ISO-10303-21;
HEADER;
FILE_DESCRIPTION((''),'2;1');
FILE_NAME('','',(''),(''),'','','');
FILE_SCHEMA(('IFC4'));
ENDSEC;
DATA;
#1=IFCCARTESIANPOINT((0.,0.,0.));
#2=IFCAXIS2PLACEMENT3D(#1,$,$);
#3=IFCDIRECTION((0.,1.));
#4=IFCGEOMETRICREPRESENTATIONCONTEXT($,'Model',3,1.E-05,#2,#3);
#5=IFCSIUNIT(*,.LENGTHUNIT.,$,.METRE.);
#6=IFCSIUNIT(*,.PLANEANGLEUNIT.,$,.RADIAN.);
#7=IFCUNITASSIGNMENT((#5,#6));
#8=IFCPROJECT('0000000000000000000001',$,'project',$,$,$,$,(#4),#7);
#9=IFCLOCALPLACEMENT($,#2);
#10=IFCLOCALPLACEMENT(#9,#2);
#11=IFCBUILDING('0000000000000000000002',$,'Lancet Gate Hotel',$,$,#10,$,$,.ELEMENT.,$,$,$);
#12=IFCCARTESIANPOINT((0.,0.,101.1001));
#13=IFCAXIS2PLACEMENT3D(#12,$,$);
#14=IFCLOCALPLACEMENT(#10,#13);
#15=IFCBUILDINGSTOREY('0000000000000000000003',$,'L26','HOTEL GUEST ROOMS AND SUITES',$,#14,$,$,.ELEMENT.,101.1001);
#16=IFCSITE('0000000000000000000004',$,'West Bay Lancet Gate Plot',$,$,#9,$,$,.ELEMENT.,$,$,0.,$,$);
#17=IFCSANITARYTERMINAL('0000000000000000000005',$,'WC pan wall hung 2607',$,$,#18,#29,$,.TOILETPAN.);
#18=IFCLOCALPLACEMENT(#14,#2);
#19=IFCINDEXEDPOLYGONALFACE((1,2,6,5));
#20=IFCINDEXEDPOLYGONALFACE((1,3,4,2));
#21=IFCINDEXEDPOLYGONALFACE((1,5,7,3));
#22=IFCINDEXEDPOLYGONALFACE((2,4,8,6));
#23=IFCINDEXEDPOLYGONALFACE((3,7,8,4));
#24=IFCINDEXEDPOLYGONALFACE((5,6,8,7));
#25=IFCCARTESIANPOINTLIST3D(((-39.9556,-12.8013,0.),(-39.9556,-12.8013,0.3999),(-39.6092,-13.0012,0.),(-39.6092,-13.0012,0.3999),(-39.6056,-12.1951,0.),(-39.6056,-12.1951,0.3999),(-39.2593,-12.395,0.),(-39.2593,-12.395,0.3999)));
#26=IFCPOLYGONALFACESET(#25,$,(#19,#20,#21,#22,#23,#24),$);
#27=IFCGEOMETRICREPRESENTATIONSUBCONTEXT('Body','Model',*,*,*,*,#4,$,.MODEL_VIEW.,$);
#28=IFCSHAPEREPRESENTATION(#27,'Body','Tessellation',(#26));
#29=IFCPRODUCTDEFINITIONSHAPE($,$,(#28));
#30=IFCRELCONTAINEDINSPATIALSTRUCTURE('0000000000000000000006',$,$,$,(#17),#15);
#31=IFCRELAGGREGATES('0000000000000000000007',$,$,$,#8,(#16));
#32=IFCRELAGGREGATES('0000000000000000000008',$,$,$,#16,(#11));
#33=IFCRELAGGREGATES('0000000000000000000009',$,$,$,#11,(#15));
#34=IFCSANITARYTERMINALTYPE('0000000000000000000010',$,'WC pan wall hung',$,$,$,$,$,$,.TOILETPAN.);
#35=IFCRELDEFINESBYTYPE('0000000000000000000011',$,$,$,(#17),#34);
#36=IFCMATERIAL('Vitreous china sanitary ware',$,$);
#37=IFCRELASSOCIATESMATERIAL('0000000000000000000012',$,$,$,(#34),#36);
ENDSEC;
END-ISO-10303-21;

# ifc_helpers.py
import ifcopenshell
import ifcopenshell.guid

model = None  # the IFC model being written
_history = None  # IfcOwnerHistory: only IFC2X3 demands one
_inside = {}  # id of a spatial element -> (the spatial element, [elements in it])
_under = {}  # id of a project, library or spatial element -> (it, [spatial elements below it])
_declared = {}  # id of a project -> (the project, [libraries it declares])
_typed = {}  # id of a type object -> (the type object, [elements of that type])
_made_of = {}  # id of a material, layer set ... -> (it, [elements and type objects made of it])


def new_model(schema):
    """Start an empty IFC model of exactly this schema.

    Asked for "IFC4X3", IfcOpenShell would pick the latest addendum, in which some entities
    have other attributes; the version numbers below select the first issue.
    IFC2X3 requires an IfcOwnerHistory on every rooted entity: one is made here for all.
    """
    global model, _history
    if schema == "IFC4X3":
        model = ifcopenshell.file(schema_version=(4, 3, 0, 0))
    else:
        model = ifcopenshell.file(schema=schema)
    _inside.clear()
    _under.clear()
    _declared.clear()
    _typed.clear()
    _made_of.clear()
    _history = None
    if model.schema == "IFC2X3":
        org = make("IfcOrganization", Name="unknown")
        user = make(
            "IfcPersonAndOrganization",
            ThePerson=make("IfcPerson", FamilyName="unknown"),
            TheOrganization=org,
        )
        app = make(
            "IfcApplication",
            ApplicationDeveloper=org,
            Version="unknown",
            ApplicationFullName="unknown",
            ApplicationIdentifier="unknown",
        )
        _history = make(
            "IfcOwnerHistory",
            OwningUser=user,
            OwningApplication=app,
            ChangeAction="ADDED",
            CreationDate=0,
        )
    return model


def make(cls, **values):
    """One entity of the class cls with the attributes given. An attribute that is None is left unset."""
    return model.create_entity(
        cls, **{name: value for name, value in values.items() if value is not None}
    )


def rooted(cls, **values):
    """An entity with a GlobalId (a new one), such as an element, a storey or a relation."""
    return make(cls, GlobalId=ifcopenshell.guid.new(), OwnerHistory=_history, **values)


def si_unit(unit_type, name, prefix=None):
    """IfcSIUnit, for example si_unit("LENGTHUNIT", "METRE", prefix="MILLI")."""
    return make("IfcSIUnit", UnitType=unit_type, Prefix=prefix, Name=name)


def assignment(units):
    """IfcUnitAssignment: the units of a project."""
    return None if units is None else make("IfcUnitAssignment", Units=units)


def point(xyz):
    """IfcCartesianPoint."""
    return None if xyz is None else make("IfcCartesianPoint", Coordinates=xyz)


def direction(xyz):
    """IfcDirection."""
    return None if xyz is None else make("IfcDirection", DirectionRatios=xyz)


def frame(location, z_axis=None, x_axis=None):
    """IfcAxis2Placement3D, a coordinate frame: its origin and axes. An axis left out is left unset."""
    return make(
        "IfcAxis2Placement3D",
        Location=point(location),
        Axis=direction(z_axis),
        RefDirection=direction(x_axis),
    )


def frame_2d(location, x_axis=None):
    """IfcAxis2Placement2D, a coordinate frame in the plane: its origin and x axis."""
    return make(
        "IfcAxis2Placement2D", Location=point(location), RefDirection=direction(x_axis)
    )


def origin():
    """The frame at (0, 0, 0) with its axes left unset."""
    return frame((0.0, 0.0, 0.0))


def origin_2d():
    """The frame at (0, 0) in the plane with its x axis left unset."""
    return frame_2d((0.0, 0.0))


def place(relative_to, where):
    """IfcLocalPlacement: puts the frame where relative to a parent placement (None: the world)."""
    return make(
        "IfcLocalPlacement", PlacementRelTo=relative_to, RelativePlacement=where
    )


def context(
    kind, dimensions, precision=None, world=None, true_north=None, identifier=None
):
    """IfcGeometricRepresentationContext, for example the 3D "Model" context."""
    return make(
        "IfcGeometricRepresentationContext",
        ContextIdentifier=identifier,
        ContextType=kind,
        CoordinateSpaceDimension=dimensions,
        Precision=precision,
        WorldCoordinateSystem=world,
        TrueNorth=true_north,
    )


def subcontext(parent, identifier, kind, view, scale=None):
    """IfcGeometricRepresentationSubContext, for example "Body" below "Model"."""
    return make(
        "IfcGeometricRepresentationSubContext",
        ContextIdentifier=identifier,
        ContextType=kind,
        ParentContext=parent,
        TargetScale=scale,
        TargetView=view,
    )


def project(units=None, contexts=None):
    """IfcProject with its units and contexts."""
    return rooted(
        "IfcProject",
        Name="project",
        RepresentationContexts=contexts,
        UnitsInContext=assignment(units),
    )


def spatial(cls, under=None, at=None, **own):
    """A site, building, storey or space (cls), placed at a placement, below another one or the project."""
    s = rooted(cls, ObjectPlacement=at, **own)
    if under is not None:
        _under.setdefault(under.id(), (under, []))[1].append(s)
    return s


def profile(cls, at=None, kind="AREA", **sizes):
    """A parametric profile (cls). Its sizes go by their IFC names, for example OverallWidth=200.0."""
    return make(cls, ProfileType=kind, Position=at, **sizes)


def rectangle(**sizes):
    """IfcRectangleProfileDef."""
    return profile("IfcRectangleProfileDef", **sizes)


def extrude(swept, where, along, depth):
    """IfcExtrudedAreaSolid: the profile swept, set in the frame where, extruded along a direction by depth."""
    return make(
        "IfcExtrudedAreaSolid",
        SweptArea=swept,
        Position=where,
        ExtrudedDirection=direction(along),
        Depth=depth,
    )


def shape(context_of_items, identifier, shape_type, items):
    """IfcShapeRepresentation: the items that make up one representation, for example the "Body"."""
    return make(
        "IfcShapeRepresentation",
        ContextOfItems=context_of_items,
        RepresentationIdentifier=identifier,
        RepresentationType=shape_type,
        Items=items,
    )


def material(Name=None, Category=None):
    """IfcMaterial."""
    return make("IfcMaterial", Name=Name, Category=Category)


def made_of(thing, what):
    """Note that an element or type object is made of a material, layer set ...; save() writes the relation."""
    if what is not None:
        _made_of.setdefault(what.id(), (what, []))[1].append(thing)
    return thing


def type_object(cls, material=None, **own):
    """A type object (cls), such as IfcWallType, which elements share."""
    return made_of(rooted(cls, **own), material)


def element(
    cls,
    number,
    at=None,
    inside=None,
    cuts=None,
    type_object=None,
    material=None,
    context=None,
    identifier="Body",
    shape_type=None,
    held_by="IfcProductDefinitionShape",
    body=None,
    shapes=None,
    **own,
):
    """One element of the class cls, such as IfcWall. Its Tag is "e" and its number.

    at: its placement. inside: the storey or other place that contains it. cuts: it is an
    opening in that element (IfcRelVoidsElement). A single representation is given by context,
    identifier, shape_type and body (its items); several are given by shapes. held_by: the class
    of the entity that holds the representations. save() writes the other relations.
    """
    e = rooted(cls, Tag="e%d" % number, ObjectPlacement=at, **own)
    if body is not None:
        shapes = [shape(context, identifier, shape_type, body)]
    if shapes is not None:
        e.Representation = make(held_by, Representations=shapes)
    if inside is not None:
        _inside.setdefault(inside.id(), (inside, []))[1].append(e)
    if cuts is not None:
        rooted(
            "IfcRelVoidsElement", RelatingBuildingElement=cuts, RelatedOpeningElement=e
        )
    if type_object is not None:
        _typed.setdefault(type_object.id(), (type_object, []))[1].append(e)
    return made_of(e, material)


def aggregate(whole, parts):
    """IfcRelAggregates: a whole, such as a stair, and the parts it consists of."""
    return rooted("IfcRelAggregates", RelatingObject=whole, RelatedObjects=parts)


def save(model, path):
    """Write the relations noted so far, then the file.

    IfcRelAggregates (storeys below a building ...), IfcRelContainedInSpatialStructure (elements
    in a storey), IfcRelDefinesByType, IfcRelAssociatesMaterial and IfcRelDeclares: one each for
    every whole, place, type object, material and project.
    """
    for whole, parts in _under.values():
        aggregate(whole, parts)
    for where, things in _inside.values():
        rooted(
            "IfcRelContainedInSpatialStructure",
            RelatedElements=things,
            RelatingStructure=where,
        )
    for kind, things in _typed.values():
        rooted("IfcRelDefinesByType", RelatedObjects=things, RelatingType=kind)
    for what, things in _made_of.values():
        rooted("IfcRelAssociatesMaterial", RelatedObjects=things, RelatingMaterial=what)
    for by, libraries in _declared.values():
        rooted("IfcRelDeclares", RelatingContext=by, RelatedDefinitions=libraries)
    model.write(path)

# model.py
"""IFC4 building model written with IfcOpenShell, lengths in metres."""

from ifc_helpers import new_model, si_unit, direction, frame, origin, origin_2d, place, context, subcontext, project, spatial, rectangle, extrude, material, type_object, element, save


model = new_model("IFC4")

# Units and contexts
model_context = context("Model", 3, precision=1e-05, world=origin(), true_north=direction((0.0, 1.0)))
body_context = subcontext(model_context, "Body", "Model", "MODEL_VIEW")
ifc_project = project(units=[si_unit("LENGTHUNIT", "METRE"), si_unit("PLANEANGLEUNIT", "RADIAN")], contexts=[model_context])

# Site, building, storey
site_placement = place(None, origin())
site = spatial("IfcSite", under=ifc_project, at=site_placement, Name="West Bay Lancet Gate Plot", CompositionType="ELEMENT", RefElevation=0.0)
building_placement = place(site_placement, origin())
building = spatial("IfcBuilding", under=site, at=building_placement, Name="Lancet Gate Hotel", CompositionType="ELEMENT")
storey_placement = place(building_placement, frame((0.0, 0.0, 101.1001)))
storey = spatial("IfcBuildingStorey", under=building, at=storey_placement, Name="L26", Description="HOTEL GUEST ROOMS AND SUITES", CompositionType="ELEMENT", Elevation=101.1001)

# Sanitary terminal
ifc_material_1 = material(Name="Vitreous china sanitary ware")
sanitary_terminal_type_1 = type_object("IfcSanitaryTerminalType", Name="WC pan wall hung", PredefinedType="TOILETPAN", material=ifc_material_1)
sanitary_terminal_1_placement = place(storey_placement, frame((-39.6074, -12.5981, 0.0), z_axis=(0.0, 0.0, 1.0), x_axis=(-0.866025, 0.5, 0.0)))
element("IfcSanitaryTerminal", 1, at=sanitary_terminal_1_placement, inside=storey, type_object=sanitary_terminal_type_1, Name="WC pan wall hung 2607", PredefinedType="TOILETPAN", context=body_context, shape_type="SweptSolid", body=[
    extrude(rectangle(XDim=0.3999, YDim=0.7, at=origin_2d()), origin(), (0.0, 0.0, 1.0), 0.3999),
])

save(model, "model.ifc")
